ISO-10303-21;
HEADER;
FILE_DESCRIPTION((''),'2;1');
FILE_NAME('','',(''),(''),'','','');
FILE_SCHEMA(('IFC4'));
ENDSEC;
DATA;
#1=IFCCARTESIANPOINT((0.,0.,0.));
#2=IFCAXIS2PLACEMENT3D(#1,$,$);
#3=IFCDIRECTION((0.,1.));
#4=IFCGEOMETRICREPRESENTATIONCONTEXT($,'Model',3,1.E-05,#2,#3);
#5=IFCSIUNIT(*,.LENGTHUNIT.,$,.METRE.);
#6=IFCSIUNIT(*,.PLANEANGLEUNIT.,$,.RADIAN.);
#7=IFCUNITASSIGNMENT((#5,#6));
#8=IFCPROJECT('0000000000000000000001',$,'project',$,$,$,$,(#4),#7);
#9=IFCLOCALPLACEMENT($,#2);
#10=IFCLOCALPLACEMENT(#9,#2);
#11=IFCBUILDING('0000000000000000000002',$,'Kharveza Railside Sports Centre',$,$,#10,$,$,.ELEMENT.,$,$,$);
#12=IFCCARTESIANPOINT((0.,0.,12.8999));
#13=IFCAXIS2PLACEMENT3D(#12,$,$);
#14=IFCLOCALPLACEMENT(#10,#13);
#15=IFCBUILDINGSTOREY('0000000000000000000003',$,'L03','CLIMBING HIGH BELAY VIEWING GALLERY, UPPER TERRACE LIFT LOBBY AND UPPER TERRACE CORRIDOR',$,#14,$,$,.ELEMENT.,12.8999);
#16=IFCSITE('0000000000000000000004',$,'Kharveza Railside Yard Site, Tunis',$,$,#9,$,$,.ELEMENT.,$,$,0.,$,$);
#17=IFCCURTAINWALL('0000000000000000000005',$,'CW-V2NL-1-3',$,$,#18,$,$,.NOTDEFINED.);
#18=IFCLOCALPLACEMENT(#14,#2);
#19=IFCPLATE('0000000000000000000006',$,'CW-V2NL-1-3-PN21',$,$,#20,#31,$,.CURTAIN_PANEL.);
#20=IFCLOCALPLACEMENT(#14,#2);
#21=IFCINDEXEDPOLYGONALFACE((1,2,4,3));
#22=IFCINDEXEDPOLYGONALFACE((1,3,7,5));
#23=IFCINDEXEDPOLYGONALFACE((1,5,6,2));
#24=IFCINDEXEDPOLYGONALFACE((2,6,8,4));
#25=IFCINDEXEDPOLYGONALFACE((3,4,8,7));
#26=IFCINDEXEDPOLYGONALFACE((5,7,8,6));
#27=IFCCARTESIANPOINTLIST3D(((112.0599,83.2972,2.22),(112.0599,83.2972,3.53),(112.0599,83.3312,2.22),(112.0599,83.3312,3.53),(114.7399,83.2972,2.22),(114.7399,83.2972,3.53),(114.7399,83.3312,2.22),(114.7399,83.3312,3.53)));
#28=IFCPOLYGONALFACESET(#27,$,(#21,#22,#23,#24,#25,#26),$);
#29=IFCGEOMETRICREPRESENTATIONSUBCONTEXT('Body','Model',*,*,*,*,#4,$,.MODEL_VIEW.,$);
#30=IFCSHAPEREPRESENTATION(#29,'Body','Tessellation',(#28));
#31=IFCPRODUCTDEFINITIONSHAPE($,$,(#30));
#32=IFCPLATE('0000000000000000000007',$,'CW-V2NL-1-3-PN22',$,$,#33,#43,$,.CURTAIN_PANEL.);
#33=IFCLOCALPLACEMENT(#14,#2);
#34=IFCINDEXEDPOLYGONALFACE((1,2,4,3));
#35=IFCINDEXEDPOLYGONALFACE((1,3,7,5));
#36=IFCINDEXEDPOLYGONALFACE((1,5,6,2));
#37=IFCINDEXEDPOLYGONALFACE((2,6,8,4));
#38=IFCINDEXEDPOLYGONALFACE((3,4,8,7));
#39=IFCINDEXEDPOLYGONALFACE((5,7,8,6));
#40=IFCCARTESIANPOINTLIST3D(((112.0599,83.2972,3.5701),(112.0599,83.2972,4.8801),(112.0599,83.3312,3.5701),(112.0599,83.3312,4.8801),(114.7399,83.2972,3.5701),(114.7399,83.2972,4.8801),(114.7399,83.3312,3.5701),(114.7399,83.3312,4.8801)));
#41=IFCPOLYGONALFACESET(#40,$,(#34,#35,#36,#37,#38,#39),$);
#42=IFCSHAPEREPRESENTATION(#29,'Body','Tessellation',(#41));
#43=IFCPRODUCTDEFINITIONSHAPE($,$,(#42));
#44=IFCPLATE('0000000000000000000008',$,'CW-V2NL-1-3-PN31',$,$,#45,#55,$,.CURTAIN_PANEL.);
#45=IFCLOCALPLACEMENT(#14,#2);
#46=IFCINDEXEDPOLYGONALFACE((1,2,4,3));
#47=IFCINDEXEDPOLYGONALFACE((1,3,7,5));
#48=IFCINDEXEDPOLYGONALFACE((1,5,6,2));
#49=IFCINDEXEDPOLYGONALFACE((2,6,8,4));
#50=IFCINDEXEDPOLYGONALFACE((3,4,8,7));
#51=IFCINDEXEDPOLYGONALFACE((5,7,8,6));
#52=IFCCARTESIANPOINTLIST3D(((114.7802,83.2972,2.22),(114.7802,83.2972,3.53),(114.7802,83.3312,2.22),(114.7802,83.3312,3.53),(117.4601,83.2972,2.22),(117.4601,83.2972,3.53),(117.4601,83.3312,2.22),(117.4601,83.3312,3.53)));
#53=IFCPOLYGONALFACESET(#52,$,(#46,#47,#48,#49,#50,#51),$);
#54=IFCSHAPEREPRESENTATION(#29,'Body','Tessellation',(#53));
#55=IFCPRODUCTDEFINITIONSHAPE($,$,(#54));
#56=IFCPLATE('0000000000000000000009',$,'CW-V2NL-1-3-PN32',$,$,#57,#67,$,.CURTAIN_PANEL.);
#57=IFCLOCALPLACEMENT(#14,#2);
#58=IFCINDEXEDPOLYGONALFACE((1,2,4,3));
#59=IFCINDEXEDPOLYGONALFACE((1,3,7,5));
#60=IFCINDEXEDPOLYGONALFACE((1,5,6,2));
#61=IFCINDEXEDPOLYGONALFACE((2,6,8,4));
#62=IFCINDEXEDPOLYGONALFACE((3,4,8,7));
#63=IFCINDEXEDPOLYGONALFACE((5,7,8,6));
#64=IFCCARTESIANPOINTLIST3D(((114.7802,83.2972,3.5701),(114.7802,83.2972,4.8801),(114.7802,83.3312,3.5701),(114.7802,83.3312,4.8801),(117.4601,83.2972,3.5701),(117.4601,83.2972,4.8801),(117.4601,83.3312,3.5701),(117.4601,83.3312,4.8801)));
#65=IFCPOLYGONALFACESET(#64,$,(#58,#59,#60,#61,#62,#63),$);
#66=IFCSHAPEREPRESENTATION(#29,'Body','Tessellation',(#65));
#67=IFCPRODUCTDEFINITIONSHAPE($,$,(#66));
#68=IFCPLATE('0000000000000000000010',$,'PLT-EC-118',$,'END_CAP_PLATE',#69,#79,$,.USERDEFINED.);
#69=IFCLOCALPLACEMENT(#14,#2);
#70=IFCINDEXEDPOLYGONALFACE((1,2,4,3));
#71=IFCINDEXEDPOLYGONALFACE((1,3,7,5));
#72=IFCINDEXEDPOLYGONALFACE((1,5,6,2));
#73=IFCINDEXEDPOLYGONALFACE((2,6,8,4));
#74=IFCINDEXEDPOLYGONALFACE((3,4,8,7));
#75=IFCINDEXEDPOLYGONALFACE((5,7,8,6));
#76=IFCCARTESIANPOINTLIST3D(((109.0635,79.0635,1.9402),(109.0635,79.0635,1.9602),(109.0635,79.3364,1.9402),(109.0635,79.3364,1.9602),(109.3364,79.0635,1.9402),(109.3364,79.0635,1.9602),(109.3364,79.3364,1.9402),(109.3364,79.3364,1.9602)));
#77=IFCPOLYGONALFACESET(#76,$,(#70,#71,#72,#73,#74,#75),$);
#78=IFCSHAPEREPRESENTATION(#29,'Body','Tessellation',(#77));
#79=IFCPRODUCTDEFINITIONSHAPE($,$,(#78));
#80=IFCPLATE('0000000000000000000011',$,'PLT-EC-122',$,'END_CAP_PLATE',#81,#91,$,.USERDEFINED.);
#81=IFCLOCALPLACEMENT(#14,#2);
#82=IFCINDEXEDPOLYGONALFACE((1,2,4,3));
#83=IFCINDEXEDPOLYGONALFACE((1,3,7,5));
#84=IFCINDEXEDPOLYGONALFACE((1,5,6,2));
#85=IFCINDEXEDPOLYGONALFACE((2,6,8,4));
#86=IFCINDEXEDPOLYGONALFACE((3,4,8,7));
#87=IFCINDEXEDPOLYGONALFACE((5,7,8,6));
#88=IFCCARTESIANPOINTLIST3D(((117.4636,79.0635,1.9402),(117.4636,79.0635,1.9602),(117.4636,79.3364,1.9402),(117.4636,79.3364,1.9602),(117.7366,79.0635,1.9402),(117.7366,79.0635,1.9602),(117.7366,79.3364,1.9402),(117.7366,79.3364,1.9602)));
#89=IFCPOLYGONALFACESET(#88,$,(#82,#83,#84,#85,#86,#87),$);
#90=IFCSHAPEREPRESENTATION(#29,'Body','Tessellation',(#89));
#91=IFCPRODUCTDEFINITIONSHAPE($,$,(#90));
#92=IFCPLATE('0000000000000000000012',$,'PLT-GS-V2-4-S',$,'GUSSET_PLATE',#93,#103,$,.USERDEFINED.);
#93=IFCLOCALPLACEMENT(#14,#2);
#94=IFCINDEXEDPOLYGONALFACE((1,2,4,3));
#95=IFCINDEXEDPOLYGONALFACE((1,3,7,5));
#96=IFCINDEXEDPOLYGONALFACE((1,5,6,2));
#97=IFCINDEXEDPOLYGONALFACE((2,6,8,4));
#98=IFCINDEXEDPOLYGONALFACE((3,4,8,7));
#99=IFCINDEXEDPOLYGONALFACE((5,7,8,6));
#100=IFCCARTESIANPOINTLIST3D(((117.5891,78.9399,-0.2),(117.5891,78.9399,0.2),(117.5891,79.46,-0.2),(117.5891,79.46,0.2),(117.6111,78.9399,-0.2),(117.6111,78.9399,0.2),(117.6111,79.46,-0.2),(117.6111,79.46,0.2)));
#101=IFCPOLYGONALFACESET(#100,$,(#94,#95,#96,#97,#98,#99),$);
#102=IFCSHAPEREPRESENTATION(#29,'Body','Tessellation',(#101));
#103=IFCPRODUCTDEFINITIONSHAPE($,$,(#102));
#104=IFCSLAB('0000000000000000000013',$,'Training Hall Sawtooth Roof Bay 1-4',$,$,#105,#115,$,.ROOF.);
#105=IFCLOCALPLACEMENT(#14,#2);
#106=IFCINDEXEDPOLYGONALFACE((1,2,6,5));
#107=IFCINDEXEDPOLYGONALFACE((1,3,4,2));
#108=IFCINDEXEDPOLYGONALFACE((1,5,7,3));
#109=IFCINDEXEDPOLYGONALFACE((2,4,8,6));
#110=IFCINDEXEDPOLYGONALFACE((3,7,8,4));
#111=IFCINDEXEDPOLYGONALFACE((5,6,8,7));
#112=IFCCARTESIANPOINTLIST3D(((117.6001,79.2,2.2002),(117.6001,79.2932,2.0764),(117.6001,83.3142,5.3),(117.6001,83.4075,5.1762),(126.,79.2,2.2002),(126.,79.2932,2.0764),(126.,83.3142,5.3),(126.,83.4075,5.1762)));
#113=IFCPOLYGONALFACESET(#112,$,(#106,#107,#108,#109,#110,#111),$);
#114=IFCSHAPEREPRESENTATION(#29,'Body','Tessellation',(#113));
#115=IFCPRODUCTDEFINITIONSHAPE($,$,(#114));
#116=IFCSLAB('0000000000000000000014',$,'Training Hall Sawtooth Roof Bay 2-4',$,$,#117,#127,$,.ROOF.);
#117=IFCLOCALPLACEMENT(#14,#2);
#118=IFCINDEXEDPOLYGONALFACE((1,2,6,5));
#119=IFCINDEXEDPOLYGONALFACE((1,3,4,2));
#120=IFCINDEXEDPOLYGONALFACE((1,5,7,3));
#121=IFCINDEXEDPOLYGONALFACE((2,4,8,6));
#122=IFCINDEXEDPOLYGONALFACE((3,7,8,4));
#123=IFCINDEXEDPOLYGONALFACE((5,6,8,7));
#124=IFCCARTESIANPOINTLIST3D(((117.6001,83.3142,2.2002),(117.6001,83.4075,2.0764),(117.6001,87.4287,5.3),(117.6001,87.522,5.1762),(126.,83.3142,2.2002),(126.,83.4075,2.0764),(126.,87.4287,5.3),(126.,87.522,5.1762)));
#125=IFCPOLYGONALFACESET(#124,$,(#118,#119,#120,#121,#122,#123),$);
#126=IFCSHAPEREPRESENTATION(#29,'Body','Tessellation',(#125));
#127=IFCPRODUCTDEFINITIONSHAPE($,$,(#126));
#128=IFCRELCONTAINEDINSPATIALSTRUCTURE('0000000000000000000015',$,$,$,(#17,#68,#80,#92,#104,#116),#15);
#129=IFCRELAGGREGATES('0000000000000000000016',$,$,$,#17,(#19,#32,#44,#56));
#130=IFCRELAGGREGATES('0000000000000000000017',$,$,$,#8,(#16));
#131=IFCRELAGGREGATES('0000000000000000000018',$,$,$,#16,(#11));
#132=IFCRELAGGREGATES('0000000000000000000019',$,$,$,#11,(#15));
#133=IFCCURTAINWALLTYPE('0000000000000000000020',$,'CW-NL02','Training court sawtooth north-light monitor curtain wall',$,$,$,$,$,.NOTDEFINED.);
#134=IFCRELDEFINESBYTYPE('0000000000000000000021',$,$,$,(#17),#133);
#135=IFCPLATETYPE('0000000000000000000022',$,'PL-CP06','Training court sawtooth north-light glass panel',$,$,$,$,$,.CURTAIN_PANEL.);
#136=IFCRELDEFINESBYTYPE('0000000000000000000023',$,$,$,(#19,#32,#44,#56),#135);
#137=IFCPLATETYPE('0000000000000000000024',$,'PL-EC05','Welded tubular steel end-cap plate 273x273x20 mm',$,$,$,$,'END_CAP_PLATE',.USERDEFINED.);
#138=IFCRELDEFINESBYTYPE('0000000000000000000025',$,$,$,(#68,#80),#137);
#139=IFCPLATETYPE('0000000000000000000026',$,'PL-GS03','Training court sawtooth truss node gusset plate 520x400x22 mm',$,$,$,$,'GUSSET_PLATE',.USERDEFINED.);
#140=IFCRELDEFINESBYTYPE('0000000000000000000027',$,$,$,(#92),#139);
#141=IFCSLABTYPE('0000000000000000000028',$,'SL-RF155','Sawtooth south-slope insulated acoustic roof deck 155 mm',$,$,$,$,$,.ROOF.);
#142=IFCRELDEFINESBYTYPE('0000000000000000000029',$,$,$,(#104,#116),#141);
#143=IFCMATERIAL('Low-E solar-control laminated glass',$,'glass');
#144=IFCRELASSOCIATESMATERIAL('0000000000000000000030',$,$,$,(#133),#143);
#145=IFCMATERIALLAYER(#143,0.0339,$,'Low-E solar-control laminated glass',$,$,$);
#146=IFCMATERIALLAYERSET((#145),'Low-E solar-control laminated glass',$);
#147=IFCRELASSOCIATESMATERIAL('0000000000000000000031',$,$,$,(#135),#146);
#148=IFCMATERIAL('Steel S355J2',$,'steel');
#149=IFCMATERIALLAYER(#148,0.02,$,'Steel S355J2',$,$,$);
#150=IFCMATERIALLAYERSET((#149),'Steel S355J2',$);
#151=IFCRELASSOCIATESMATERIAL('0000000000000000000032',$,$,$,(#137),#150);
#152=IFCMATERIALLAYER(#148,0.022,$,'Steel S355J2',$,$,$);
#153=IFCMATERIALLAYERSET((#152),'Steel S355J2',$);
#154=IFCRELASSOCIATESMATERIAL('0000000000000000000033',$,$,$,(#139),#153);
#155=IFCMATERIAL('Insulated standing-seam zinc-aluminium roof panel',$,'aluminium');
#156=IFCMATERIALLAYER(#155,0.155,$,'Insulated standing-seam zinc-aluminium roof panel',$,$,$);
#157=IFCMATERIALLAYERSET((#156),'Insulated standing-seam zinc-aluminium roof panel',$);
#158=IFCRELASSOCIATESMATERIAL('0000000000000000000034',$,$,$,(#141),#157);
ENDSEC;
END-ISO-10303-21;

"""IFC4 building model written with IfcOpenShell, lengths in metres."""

from ifc_helpers import new_model, si_unit, direction, frame, origin, origin_2d, place, context, subcontext, project, spatial, polyline, rectangle, outline, extrude, material, layer, layer_set, type_object, element, aggregate, save


model = new_model("IFC4")

# Units and contexts
model_context = context("Model", 3, precision=1e-05, world=origin(), true_north=direction((0.0, 1.0)))
body_context = subcontext(model_context, "Body", "Model", "MODEL_VIEW")
ifc_project = project(units=[si_unit("LENGTHUNIT", "METRE"), si_unit("PLANEANGLEUNIT", "RADIAN")], contexts=[model_context])

# Site, building, storey
site_placement = place(None, origin())
site = spatial("IfcSite", under=ifc_project, at=site_placement, Name="Kharveza Railside Yard Site, Tunis", CompositionType="ELEMENT", RefElevation=0.0)
building_placement = place(site_placement, origin())
building = spatial("IfcBuilding", under=site, at=building_placement, Name="Kharveza Railside Sports Centre", CompositionType="ELEMENT")
storey_placement = place(building_placement, frame((0.0, 0.0, 12.8999)))
storey = spatial("IfcBuildingStorey", under=building, at=storey_placement, Name="L03", Description="CLIMBING HIGH BELAY VIEWING GALLERY, UPPER TERRACE LIFT LOBBY AND UPPER TERRACE CORRIDOR", CompositionType="ELEMENT", Elevation=12.8999)

# Shared definitions
ifc_material_1 = material(Name="Steel S355J2", Category="steel")

# Curtain wall
ifc_material_2 = material(Name="Low-E solar-control laminated glass", Category="glass")
curtain_wall_type = type_object("IfcCurtainWallType", Name="CW-NL02", Description="Training court sawtooth north-light monitor curtain wall", PredefinedType="NOTDEFINED", material=ifc_material_2)
curtain_wall_1_placement = place(storey_placement, origin())
curtain_wall_1 = element("IfcCurtainWall", 1, at=curtain_wall_1_placement, inside=storey, type_object=curtain_wall_type, Name="CW-V2NL-1-3", PredefinedType="NOTDEFINED")

# Plates
ifc_layer_1 = layer(ifc_material_2, 0.0339, Name="Low-E solar-control laminated glass")
ifc_layer_set_1 = layer_set([ifc_layer_1], Name="Low-E solar-control laminated glass")
plate_type_1 = type_object("IfcPlateType", Name="PL-CP06", Description="Training court sawtooth north-light glass panel", PredefinedType="CURTAIN_PANEL", material=ifc_layer_set_1)
plate_1_placement = place(storey_placement, frame((113.3999, 83.3142, 2.22), z_axis=(0.0, 0.0, 1.0), x_axis=(1.0, 0.0, 0.0)))
plate_1 = element("IfcPlate", 2, at=plate_1_placement, type_object=plate_type_1, Name="CW-V2NL-1-3-PN21", PredefinedType="CURTAIN_PANEL", context=body_context, shape_type="SweptSolid", body=[
    extrude(rectangle(XDim=2.6799, YDim=0.0339, at=origin_2d()), origin(), (0.0, 0.0, 1.0), 1.3101),
])
plate_2_placement = place(storey_placement, frame((113.3999, 83.3142, 3.5701), z_axis=(0.0, 0.0, 1.0), x_axis=(1.0, 0.0, 0.0)))
plate_2 = element("IfcPlate", 3, at=plate_2_placement, type_object=plate_type_1, Name="CW-V2NL-1-3-PN22", PredefinedType="CURTAIN_PANEL", context=body_context, shape_type="SweptSolid", body=[
    extrude(rectangle(XDim=2.6799, YDim=0.0339, at=origin_2d()), origin(), (0.0, 0.0, 1.0), 1.3101),
])
plate_3_placement = place(storey_placement, frame((116.1201, 83.3142, 2.22), z_axis=(0.0, 0.0, 1.0), x_axis=(1.0, 0.0, 0.0)))
plate_3 = element("IfcPlate", 4, at=plate_3_placement, type_object=plate_type_1, Name="CW-V2NL-1-3-PN31", PredefinedType="CURTAIN_PANEL", context=body_context, shape_type="SweptSolid", body=[
    extrude(rectangle(XDim=2.6799, YDim=0.0339, at=origin_2d()), origin(), (0.0, 0.0, 1.0), 1.3101),
])
plate_4_placement = place(storey_placement, frame((116.1201, 83.3142, 3.5701), z_axis=(0.0, 0.0, 1.0), x_axis=(1.0, 0.0, 0.0)))
plate_4 = element("IfcPlate", 5, at=plate_4_placement, type_object=plate_type_1, Name="CW-V2NL-1-3-PN32", PredefinedType="CURTAIN_PANEL", context=body_context, shape_type="SweptSolid", body=[
    extrude(rectangle(XDim=2.6799, YDim=0.0339, at=origin_2d()), origin(), (0.0, 0.0, 1.0), 1.3101),
])
aggregate(curtain_wall_1, [plate_1, plate_2, plate_3, plate_4])

# Plates
ifc_layer_2 = layer(ifc_material_1, 0.02, Name="Steel S355J2")
ifc_layer_set_2 = layer_set([ifc_layer_2], Name="Steel S355J2")
plate_type_2 = type_object("IfcPlateType", Name="PL-EC05", Description="Welded tubular steel end-cap plate 273x273x20 mm", ElementType="END_CAP_PLATE", PredefinedType="USERDEFINED", material=ifc_layer_set_2)
for number, where, z_axis, x_axis, name in (
    (6, (109.2, 79.2, 1.9402), (0.0, 0.0, 1.0), (1.0, 0.0, 0.0), "PLT-EC-118"),
    (7, (117.6001, 79.2, 1.9402), (0.0, 0.0, 1.0), (1.0, 0.0, 0.0), "PLT-EC-122"),
):
    element("IfcPlate", number, at=place(storey_placement, frame(where, z_axis=z_axis, x_axis=x_axis)), inside=storey, type_object=plate_type_2, Name=name, ObjectType="END_CAP_PLATE", PredefinedType="USERDEFINED", context=body_context, shape_type="SweptSolid", body=[
        extrude(rectangle(XDim=0.2729, YDim=0.2729, at=origin_2d()), origin(), (0.0, 0.0, 1.0), 0.02),
    ])
ifc_layer_3 = layer(ifc_material_1, 0.022, Name="Steel S355J2")
ifc_layer_set_3 = layer_set([ifc_layer_3], Name="Steel S355J2")
plate_type_3 = type_object("IfcPlateType", Name="PL-GS03", Description="Training court sawtooth truss node gusset plate 520x400x22 mm", ElementType="GUSSET_PLATE", PredefinedType="USERDEFINED", material=ifc_layer_set_3)
plate_5_placement = place(storey_placement, frame((117.6001, 79.2, -0.2), z_axis=(0.0, 0.0, 1.0), x_axis=(1.0, 0.0, 0.0)))
element("IfcPlate", 8, at=plate_5_placement, inside=storey, type_object=plate_type_3, Name="PLT-GS-V2-4-S", ObjectType="GUSSET_PLATE", PredefinedType="USERDEFINED", context=body_context, shape_type="SweptSolid", body=[
    extrude(rectangle(XDim=0.022, YDim=0.52, at=origin_2d()), origin(), (0.0, 0.0, 1.0), 0.3999),
])

# Slabs
ifc_material_3 = material(Name="Insulated standing-seam zinc-aluminium roof panel", Category="aluminium")
ifc_layer_4 = layer(ifc_material_3, 0.155, Name="Insulated standing-seam zinc-aluminium roof panel")
ifc_layer_set_4 = layer_set([ifc_layer_4], Name="Insulated standing-seam zinc-aluminium roof panel")
slab_type = type_object("IfcSlabType", Name="SL-RF155", Description="Sawtooth south-slope insulated acoustic roof deck 155 mm", PredefinedType="ROOF", material=ifc_layer_set_4)
slab_1_placement = place(storey_placement, frame((117.6001, 79.2, 2.2002), z_axis=(0.0, -0.601758, 0.798679), x_axis=(1.0, 0.0, 0.0)))
element("IfcSlab", 9, at=slab_1_placement, inside=storey, type_object=slab_type, Name="Training Hall Sawtooth Roof Bay 1-4", PredefinedType="ROOF", context=body_context, shape_type="SweptSolid", body=[
    extrude(outline(polyline([(0.0, 0.0), (8.3999, 0.0), (8.3999, 5.1513), (0.0, 5.1513), (0.0, 0.0)])), origin(), (0.0, 0.0, -1.0), 0.155),
])
slab_2_placement = place(storey_placement, frame((117.6001, 83.3142, 2.2002), z_axis=(0.0, -0.601735, 0.798696), x_axis=(1.0, 0.0, 0.0)))
element("IfcSlab", 10, at=slab_2_placement, inside=storey, type_object=slab_type, Name="Training Hall Sawtooth Roof Bay 2-4", PredefinedType="ROOF", context=body_context, shape_type="SweptSolid", body=[
    extrude(outline(polyline([(0.0, 0.0), (8.3999, 0.0), (8.3999, 5.1515), (0.0, 5.1515), (0.0, 0.0)])), origin(), (0.0, 0.0, -1.0), 0.155),
])

save(model, "model.ifc")
